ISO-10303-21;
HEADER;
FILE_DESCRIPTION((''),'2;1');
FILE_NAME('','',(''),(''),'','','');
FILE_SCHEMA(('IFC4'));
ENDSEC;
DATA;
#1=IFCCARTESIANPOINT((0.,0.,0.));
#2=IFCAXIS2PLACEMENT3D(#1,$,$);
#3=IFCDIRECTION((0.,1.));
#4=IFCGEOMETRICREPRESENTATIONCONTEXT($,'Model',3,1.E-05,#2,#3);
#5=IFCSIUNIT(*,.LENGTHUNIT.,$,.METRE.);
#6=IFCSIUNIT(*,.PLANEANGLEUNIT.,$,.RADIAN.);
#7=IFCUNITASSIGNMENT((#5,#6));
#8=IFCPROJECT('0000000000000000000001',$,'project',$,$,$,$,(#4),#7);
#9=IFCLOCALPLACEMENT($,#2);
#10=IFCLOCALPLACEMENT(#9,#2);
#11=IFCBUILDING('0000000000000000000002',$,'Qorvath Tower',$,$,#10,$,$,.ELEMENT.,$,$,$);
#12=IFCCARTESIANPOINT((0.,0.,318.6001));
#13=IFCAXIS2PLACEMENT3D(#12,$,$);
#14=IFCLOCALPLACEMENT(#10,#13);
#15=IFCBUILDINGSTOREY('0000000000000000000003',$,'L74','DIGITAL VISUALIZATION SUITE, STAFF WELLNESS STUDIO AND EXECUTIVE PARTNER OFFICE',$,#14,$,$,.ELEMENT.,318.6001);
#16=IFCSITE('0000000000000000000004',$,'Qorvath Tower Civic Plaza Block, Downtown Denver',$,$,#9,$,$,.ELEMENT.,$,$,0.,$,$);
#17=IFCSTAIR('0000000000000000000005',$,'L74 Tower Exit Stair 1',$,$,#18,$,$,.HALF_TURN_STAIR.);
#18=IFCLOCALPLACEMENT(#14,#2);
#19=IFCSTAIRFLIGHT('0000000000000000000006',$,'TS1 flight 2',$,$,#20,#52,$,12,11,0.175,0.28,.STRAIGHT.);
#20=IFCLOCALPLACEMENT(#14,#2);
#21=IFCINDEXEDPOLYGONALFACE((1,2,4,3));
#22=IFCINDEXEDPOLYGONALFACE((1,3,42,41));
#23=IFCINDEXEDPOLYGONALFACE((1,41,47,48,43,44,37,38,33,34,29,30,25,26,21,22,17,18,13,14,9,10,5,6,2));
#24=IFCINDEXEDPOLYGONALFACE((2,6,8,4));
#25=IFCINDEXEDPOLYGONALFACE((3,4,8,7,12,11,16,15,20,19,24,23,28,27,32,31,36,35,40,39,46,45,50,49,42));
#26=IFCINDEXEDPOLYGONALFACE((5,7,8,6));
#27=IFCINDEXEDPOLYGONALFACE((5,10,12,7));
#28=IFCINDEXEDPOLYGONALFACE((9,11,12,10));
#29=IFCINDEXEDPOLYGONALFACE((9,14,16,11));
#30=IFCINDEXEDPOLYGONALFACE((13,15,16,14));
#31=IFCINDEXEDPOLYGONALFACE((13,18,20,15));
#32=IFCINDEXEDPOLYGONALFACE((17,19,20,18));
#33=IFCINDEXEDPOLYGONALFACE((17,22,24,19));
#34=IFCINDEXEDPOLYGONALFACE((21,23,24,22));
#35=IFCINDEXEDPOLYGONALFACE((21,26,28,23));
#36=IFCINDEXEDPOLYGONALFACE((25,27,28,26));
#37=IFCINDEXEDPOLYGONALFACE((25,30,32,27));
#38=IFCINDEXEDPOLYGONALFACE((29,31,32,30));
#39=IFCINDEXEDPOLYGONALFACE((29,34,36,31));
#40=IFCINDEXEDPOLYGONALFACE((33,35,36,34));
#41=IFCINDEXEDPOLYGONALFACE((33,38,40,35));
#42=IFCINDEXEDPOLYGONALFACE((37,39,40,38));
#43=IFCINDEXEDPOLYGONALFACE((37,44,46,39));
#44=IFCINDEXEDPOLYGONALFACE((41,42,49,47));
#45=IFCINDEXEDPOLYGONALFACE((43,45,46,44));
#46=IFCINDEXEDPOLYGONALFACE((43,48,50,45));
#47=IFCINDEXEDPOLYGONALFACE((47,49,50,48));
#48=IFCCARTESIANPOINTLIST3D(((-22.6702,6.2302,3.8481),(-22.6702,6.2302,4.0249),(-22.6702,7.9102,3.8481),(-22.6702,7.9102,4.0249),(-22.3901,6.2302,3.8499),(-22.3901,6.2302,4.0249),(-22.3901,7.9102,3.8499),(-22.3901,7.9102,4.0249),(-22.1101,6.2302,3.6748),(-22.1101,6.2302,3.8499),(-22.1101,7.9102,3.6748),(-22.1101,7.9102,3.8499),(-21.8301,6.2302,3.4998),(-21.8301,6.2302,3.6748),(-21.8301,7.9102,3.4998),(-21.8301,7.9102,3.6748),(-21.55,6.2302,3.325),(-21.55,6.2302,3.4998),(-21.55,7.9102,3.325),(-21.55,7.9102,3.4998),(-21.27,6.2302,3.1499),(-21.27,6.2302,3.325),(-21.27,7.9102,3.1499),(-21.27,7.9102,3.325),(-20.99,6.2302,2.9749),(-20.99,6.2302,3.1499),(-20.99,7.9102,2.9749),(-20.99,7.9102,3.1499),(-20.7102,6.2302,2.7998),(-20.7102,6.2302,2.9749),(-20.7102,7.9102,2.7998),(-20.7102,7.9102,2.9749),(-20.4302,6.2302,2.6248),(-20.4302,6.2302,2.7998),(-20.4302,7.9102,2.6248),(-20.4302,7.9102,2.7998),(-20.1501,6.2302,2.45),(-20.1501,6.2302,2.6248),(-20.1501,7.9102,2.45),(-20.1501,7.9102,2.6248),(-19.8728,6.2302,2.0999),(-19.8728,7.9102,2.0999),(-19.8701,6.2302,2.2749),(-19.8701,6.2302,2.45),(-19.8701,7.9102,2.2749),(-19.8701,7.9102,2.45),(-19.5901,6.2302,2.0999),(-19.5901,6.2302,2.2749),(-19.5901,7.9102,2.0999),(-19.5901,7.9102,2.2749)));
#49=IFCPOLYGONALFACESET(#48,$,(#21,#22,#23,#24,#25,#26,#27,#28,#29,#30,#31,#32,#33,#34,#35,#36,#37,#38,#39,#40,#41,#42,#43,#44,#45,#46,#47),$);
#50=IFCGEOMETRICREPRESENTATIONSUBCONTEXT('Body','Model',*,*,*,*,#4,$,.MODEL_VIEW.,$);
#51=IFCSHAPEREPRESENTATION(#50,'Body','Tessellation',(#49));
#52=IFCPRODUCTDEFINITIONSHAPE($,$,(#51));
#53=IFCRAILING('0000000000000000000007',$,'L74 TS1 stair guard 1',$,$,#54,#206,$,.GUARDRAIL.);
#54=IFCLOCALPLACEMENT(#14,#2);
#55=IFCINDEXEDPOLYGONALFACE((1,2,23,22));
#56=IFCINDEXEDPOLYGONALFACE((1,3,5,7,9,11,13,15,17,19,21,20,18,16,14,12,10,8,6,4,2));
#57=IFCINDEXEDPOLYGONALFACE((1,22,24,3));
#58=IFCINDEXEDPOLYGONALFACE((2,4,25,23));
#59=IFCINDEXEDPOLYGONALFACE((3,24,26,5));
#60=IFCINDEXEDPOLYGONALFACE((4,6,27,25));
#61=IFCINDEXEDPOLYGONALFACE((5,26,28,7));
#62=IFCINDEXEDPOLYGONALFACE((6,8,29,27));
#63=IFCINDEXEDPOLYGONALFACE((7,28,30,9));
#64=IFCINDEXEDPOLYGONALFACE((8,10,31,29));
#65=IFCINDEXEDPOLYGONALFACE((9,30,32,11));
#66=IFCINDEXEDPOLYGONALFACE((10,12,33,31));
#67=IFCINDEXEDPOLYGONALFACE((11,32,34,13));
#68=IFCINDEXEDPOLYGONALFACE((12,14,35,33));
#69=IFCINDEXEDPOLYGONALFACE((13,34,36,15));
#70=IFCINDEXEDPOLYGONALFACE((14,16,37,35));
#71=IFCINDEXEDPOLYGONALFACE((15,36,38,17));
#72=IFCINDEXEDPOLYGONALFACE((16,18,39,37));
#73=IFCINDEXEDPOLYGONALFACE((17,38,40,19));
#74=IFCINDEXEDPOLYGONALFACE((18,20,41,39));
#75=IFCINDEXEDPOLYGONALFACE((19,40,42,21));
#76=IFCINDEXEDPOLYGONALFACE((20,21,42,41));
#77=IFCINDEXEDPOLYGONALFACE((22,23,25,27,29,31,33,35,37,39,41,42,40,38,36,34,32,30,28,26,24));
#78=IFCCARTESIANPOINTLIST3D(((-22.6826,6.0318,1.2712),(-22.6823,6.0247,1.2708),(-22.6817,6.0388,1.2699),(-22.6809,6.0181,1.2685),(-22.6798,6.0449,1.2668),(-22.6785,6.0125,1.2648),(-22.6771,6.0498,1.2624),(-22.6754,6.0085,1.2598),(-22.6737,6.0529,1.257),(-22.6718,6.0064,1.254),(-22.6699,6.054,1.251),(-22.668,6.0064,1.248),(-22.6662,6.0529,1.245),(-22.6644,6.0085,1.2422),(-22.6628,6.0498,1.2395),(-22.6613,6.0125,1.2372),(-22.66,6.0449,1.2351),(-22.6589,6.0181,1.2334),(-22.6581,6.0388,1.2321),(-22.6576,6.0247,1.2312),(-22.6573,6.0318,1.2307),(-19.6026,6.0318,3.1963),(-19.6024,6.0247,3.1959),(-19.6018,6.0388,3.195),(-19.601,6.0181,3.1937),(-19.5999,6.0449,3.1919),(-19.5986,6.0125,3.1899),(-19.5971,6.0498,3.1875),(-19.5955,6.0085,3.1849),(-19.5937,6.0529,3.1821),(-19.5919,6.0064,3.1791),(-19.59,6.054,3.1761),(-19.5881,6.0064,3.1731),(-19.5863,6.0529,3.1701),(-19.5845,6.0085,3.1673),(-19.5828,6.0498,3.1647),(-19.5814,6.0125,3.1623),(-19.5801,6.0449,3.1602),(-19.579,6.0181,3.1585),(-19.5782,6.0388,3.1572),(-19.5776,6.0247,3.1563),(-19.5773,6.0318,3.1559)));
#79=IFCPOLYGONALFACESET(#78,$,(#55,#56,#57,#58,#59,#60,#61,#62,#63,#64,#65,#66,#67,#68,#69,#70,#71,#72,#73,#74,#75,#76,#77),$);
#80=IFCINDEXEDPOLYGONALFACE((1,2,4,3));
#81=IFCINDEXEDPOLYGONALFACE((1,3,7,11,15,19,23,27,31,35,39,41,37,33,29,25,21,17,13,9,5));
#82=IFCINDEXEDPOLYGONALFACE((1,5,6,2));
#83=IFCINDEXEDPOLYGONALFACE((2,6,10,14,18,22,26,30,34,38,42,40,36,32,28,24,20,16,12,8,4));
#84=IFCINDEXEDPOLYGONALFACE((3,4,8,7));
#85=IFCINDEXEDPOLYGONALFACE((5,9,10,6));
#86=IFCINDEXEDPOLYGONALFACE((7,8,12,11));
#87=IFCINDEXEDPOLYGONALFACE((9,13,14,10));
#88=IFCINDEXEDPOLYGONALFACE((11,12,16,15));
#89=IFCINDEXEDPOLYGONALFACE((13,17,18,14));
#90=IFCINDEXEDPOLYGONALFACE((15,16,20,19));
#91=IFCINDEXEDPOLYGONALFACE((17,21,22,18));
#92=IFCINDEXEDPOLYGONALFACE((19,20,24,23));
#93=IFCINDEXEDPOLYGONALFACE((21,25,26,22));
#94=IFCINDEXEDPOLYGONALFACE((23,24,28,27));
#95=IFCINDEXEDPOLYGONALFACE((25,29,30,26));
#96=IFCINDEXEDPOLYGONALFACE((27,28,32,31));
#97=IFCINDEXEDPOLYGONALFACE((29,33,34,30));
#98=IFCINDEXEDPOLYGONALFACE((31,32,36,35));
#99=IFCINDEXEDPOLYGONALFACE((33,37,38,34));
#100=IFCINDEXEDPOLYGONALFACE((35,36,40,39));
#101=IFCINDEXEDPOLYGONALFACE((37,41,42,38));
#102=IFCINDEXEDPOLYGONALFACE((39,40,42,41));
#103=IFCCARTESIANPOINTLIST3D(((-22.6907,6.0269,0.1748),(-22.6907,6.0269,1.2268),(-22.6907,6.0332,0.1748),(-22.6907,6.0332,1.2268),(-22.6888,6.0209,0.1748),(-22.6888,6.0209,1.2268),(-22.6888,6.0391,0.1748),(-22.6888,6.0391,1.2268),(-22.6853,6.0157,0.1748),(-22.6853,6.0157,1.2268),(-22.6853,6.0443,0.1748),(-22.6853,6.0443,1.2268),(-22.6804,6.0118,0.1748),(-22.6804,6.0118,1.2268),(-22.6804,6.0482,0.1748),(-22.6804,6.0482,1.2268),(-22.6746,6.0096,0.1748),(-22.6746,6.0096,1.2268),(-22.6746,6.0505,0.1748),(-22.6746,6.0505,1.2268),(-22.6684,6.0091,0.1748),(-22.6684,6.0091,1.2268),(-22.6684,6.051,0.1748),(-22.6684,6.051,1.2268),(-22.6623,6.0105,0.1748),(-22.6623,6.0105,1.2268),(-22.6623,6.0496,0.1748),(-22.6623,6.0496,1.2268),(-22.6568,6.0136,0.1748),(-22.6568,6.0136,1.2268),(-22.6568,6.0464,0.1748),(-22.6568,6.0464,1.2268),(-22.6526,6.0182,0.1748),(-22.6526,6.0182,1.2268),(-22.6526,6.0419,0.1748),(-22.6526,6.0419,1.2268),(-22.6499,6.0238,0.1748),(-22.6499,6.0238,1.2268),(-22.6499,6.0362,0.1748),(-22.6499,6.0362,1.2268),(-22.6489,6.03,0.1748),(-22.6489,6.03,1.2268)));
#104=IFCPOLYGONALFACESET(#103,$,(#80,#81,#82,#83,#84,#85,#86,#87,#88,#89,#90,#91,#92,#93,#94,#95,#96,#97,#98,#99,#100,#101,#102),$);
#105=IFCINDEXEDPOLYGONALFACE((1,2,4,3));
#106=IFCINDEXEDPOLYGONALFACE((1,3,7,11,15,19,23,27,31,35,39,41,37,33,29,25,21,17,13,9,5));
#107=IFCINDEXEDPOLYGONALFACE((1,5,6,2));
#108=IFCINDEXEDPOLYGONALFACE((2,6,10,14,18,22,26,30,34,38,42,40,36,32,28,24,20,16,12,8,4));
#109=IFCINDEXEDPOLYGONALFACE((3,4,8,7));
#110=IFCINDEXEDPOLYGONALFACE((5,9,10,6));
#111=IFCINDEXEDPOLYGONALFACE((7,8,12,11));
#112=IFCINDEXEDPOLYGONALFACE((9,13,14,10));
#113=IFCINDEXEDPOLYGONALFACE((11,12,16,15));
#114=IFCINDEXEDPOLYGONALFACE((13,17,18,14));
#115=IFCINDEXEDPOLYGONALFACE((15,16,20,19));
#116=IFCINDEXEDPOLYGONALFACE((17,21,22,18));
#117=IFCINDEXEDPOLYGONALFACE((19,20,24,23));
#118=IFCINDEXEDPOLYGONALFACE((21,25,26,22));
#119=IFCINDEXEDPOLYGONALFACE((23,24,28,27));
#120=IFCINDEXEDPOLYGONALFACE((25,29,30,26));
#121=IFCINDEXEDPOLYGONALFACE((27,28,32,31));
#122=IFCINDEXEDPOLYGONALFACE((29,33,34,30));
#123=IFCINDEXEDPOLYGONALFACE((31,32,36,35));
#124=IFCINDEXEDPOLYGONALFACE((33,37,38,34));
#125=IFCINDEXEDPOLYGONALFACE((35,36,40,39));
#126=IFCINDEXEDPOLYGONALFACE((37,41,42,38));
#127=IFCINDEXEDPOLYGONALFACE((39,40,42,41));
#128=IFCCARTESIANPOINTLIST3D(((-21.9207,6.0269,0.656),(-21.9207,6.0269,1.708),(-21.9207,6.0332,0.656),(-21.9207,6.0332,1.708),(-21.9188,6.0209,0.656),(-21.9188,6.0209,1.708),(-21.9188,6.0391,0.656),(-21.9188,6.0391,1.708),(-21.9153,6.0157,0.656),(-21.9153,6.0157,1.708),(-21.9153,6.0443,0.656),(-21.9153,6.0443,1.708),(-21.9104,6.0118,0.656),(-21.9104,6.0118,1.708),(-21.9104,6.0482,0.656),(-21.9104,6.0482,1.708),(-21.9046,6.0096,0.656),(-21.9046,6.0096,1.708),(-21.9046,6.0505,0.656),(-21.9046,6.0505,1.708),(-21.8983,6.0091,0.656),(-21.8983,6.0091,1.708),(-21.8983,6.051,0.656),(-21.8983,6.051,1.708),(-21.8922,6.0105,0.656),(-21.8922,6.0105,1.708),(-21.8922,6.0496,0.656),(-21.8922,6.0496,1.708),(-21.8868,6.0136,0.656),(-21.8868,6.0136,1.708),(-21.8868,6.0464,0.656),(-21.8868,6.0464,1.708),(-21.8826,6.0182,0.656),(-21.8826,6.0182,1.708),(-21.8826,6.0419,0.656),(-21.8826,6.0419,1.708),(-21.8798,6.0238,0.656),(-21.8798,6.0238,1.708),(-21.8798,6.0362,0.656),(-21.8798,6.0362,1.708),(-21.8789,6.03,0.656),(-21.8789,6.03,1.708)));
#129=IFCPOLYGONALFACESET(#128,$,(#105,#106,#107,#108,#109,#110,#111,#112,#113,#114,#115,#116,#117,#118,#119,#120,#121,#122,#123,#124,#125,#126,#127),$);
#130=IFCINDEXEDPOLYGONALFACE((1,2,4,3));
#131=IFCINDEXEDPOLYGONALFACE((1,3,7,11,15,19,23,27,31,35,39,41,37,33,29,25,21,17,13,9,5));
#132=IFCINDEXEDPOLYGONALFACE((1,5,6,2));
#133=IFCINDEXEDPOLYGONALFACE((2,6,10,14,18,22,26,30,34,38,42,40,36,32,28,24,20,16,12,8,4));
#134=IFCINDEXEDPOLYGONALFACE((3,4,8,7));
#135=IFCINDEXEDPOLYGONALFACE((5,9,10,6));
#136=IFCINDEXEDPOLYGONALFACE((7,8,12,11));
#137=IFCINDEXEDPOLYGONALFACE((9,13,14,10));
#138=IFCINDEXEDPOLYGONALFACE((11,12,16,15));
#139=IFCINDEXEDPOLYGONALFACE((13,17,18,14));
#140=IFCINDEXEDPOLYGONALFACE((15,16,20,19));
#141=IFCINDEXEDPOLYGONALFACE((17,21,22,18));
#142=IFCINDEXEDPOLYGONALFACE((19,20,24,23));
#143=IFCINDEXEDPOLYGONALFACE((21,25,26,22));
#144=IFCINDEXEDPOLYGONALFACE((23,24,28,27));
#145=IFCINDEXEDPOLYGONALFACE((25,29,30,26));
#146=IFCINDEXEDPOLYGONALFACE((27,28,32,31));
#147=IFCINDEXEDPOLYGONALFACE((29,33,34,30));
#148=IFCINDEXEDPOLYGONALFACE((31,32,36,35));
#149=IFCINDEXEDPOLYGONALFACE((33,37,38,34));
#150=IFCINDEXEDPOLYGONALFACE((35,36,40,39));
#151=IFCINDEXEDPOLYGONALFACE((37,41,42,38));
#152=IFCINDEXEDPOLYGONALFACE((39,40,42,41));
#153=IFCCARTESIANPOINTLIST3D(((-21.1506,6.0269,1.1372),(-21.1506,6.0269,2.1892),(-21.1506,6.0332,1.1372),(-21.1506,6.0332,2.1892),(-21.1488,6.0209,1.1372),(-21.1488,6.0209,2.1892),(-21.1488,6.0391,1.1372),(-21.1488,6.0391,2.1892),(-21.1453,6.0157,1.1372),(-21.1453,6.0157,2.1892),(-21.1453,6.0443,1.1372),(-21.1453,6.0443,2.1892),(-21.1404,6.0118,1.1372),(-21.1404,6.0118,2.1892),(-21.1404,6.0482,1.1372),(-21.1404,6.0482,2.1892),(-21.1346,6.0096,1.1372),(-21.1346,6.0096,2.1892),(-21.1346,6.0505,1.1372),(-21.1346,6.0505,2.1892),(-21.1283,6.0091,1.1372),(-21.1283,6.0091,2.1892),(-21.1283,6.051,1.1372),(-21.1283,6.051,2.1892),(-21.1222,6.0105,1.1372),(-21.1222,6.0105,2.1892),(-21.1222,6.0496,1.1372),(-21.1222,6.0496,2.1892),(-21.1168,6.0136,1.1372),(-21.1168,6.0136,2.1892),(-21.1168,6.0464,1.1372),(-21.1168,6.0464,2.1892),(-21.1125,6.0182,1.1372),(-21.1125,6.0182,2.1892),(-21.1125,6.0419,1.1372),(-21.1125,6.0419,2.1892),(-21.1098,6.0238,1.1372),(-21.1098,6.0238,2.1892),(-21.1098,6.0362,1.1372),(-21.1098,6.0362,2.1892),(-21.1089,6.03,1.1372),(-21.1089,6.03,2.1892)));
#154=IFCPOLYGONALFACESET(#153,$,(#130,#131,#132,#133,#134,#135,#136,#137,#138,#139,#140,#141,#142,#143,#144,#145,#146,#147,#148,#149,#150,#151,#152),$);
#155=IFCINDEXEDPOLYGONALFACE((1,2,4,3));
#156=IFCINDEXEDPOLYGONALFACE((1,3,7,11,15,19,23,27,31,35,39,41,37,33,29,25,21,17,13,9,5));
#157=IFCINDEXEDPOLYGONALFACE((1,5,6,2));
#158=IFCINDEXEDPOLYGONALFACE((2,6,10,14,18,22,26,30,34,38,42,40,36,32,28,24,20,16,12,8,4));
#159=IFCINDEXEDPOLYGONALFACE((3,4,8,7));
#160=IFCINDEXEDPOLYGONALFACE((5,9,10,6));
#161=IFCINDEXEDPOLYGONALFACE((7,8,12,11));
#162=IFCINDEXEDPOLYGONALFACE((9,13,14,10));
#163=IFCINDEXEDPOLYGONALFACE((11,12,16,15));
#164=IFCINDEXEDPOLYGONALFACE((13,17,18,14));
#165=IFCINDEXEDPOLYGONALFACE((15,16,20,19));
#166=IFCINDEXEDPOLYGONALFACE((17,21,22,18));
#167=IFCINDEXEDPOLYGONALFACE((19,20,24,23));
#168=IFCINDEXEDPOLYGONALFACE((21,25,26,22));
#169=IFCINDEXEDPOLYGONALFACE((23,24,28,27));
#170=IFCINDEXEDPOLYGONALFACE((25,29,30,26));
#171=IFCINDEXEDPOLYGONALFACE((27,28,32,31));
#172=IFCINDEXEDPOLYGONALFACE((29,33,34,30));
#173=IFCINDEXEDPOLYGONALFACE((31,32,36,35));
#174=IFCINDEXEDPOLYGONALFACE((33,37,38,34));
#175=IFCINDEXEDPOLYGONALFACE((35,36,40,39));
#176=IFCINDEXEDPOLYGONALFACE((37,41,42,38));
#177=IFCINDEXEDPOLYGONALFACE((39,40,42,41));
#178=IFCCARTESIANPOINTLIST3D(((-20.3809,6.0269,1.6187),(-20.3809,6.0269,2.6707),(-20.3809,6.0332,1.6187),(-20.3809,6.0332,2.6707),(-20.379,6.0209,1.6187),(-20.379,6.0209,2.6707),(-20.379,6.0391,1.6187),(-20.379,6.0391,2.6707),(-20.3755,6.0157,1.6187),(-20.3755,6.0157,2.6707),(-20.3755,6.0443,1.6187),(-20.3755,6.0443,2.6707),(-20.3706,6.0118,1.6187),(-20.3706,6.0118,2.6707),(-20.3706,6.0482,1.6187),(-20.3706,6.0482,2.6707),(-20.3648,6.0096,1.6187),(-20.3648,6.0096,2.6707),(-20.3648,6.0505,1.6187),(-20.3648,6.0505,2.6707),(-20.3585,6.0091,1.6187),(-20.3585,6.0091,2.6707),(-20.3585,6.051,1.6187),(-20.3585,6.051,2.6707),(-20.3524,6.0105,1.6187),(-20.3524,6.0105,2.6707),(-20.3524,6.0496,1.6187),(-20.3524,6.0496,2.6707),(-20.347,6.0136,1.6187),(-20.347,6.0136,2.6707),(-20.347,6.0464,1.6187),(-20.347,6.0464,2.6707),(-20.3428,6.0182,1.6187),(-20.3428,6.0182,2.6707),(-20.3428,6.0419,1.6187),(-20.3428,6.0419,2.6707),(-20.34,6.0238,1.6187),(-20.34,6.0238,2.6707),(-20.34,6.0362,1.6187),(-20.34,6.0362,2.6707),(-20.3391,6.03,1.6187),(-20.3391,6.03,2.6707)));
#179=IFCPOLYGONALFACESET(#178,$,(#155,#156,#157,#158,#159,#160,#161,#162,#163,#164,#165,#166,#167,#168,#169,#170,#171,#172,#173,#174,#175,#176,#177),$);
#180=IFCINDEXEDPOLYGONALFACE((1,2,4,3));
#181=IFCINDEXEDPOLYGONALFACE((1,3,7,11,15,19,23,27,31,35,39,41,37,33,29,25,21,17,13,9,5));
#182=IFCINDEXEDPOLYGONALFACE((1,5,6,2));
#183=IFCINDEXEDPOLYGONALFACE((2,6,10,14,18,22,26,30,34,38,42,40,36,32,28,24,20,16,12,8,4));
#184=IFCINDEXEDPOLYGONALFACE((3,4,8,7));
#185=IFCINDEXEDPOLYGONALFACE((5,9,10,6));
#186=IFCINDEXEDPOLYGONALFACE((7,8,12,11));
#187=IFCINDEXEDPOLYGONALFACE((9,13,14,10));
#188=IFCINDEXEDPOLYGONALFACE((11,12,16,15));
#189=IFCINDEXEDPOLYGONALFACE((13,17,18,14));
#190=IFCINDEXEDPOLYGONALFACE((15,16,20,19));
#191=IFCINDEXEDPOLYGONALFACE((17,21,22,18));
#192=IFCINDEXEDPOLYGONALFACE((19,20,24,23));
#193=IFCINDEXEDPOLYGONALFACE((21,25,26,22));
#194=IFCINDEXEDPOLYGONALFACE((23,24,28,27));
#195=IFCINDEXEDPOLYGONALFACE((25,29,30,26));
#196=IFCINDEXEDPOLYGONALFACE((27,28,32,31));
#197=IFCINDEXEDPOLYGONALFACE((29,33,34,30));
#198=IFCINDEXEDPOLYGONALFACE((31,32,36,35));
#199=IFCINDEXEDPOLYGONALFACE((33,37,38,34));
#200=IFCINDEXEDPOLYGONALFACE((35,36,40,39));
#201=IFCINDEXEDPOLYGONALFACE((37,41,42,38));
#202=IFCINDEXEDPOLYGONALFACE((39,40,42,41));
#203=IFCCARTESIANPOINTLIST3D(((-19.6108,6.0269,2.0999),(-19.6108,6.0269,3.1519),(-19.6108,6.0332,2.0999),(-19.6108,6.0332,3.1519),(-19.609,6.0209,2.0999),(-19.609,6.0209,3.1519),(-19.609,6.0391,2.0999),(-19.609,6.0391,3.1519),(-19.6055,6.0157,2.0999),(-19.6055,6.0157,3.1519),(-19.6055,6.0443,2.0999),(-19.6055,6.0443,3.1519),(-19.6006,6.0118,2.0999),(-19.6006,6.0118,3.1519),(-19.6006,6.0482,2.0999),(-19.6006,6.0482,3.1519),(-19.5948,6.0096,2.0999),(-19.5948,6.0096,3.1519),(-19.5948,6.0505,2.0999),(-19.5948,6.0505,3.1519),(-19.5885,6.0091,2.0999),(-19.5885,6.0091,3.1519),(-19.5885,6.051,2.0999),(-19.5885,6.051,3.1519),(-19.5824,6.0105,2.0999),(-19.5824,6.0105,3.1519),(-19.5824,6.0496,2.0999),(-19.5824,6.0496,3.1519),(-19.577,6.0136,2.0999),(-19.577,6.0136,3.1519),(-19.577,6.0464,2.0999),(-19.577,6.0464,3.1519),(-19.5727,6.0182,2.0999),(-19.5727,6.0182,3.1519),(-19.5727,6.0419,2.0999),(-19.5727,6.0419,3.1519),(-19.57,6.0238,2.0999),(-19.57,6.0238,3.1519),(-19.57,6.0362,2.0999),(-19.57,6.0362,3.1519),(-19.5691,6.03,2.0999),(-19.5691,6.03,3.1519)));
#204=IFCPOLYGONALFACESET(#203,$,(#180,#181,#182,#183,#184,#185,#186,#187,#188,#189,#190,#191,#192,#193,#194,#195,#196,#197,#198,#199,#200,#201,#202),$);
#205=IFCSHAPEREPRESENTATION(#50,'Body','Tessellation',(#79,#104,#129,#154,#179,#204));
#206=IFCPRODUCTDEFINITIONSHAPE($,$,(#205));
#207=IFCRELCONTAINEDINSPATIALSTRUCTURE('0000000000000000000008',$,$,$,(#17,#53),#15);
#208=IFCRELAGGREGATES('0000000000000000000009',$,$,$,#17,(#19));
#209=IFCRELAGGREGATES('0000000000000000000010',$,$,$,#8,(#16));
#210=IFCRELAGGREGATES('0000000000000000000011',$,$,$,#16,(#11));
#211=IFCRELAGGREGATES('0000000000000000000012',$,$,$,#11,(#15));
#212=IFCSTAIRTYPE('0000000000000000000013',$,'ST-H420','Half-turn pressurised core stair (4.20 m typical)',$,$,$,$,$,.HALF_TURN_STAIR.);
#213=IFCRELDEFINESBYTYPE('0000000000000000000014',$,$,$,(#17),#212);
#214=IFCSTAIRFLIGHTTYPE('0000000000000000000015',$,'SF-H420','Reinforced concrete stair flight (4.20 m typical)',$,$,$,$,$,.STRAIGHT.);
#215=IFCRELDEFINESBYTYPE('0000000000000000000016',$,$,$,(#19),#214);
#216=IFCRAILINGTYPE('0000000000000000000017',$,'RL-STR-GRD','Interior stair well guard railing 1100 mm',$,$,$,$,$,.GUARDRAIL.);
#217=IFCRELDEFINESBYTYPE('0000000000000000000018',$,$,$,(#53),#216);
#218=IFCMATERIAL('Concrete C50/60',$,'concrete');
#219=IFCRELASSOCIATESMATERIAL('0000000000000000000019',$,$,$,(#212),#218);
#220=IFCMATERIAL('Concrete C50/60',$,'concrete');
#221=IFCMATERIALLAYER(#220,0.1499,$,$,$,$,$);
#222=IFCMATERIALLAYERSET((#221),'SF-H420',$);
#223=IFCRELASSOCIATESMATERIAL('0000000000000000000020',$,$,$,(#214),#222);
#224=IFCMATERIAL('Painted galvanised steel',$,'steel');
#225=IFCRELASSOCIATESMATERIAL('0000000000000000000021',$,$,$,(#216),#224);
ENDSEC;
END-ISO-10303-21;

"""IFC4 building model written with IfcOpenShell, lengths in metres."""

from ifc_helpers import new_model, si_unit, direction, frame, origin, origin_2d, place, context, subcontext, project, spatial, polyline, circle, outline, extrude, material, layer, layer_set, type_object, element, aggregate, save


model = new_model("IFC4")

# Units and contexts
model_context = context("Model", 3, precision=1e-05, world=origin(), true_north=direction((0.0, 1.0)))
body_context = subcontext(model_context, "Body", "Model", "MODEL_VIEW")
ifc_project = project(units=[si_unit("LENGTHUNIT", "METRE"), si_unit("PLANEANGLEUNIT", "RADIAN")], contexts=[model_context])

# Site, building, storey
site_placement = place(None, origin())
site = spatial("IfcSite", under=ifc_project, at=site_placement, Name="Qorvath Tower Civic Plaza Block, Downtown Denver", CompositionType="ELEMENT", RefElevation=0.0)
building_placement = place(site_placement, origin())
building = spatial("IfcBuilding", under=site, at=building_placement, Name="Qorvath Tower", CompositionType="ELEMENT")
storey_placement = place(building_placement, frame((0.0, 0.0, 318.6001)))
storey = spatial("IfcBuildingStorey", under=building, at=storey_placement, Name="L74", Description="DIGITAL VISUALIZATION SUITE, STAFF WELLNESS STUDIO AND EXECUTIVE PARTNER OFFICE", CompositionType="ELEMENT", Elevation=318.6001)

# Stair, stair flight
ifc_material_1 = material(Name="Concrete C50/60", Category="concrete")
stair_type = type_object("IfcStairType", Name="ST-H420", Description="Half-turn pressurised core stair (4.20 m typical)", PredefinedType="HALF_TURN_STAIR", material=ifc_material_1)
stair_placement = place(storey_placement, origin())
stair = element("IfcStair", 1, at=stair_placement, inside=storey, type_object=stair_type, Name="L74 Tower Exit Stair 1", PredefinedType="HALF_TURN_STAIR")
ifc_material_2 = material(Name="Concrete C50/60", Category="concrete")
ifc_layer_1 = layer(ifc_material_2, 0.1499)
ifc_layer_set_1 = layer_set([ifc_layer_1], Name="SF-H420")
stair_flight_type = type_object("IfcStairFlightType", Name="SF-H420", Description="Reinforced concrete stair flight (4.20 m typical)", PredefinedType="STRAIGHT", material=ifc_layer_set_1)
stair_flight_1_placement = place(storey_placement, frame((-19.5901, 7.0701, 2.0999), z_axis=(0.0, 0.0, 1.0), x_axis=(-1.0, 0.0, 0.0)))
stair_flight_1 = element("IfcStairFlight", 2, at=stair_flight_1_placement, type_object=stair_flight_type, Name="TS1 flight 2", NumberOfRisers=12, NumberOfTreads=11, PredefinedType="STRAIGHT", RiserHeight=0.175, TreadLength=0.28, context=body_context, shape_type="SweptSolid", body=[
    extrude(outline(polyline([(0.0, 0.0), (0.0, 0.175), (0.28, 0.175), (0.28, 0.3501), (0.5601, 0.3501), (0.5601, 0.5249), (0.8401, 0.5249), (0.8401, 0.7), (1.1201, 0.7), (1.1201, 0.875), (1.3999, 0.875), (1.3999, 1.05), (1.6799, 1.05), (1.6799, 1.2251), (1.96, 1.2251), (1.96, 1.3999), (2.24, 1.3999), (2.24, 1.575), (2.52, 1.575), (2.52, 1.75), (2.8, 1.75), (2.8, 1.925), (3.0801, 1.925), (3.0801, 2.1001), (3.0801, 1.7483), (0.2827, 0.0), (0.0, 0.0)])), frame((0.0, 0.8398, 0.0), z_axis=(0.0, -1.0, 0.0), x_axis=(1.0, 0.0, 0.0)), (0.0, 0.0, 1.0), 1.6799),
])
aggregate(stair, [stair_flight_1])

# Railing
ifc_material_3 = material(Name="Painted galvanised steel", Category="steel")
railing_type_1 = type_object("IfcRailingType", Name="RL-STR-GRD", Description="Interior stair well guard railing 1100 mm", PredefinedType="GUARDRAIL", material=ifc_material_3)
railing_1_placement = place(storey_placement, frame((-22.6699, 6.03, 0.1748)))
element("IfcRailing", 3, at=railing_1_placement, inside=storey, type_object=railing_type_1, Name="L74 TS1 stair guard 1", PredefinedType="GUARDRAIL", context=body_context, shape_type="SweptSolid", body=[
    extrude(circle(Radius=0.0239, at=origin_2d()), frame((0.0, 0.0, 1.0762), z_axis=(0.847979, 0.0, 0.530029), x_axis=(0.0, 1.0, 0.0)), (0.0, 0.0, 1.0), 3.6321),
    extrude(circle(Radius=0.021, at=origin_2d()), origin(), (0.0, 0.0, 1.0), 1.052),
    extrude(circle(Radius=0.021, at=origin_2d()), frame((0.77, 0.0, 0.4812)), (0.0, 0.0, 1.0), 1.052),
    extrude(circle(Radius=0.021, at=origin_2d()), frame((1.54, 0.0, 0.9624)), (0.0, 0.0, 1.0), 1.052),
    extrude(circle(Radius=0.021, at=origin_2d()), frame((2.3098, 0.0, 1.4438)), (0.0, 0.0, 1.0), 1.052),
    extrude(circle(Radius=0.021, at=origin_2d()), frame((3.0798, 0.0, 1.925)), (0.0, 0.0, 1.0), 1.052),
])

save(model, "model.ifc")
